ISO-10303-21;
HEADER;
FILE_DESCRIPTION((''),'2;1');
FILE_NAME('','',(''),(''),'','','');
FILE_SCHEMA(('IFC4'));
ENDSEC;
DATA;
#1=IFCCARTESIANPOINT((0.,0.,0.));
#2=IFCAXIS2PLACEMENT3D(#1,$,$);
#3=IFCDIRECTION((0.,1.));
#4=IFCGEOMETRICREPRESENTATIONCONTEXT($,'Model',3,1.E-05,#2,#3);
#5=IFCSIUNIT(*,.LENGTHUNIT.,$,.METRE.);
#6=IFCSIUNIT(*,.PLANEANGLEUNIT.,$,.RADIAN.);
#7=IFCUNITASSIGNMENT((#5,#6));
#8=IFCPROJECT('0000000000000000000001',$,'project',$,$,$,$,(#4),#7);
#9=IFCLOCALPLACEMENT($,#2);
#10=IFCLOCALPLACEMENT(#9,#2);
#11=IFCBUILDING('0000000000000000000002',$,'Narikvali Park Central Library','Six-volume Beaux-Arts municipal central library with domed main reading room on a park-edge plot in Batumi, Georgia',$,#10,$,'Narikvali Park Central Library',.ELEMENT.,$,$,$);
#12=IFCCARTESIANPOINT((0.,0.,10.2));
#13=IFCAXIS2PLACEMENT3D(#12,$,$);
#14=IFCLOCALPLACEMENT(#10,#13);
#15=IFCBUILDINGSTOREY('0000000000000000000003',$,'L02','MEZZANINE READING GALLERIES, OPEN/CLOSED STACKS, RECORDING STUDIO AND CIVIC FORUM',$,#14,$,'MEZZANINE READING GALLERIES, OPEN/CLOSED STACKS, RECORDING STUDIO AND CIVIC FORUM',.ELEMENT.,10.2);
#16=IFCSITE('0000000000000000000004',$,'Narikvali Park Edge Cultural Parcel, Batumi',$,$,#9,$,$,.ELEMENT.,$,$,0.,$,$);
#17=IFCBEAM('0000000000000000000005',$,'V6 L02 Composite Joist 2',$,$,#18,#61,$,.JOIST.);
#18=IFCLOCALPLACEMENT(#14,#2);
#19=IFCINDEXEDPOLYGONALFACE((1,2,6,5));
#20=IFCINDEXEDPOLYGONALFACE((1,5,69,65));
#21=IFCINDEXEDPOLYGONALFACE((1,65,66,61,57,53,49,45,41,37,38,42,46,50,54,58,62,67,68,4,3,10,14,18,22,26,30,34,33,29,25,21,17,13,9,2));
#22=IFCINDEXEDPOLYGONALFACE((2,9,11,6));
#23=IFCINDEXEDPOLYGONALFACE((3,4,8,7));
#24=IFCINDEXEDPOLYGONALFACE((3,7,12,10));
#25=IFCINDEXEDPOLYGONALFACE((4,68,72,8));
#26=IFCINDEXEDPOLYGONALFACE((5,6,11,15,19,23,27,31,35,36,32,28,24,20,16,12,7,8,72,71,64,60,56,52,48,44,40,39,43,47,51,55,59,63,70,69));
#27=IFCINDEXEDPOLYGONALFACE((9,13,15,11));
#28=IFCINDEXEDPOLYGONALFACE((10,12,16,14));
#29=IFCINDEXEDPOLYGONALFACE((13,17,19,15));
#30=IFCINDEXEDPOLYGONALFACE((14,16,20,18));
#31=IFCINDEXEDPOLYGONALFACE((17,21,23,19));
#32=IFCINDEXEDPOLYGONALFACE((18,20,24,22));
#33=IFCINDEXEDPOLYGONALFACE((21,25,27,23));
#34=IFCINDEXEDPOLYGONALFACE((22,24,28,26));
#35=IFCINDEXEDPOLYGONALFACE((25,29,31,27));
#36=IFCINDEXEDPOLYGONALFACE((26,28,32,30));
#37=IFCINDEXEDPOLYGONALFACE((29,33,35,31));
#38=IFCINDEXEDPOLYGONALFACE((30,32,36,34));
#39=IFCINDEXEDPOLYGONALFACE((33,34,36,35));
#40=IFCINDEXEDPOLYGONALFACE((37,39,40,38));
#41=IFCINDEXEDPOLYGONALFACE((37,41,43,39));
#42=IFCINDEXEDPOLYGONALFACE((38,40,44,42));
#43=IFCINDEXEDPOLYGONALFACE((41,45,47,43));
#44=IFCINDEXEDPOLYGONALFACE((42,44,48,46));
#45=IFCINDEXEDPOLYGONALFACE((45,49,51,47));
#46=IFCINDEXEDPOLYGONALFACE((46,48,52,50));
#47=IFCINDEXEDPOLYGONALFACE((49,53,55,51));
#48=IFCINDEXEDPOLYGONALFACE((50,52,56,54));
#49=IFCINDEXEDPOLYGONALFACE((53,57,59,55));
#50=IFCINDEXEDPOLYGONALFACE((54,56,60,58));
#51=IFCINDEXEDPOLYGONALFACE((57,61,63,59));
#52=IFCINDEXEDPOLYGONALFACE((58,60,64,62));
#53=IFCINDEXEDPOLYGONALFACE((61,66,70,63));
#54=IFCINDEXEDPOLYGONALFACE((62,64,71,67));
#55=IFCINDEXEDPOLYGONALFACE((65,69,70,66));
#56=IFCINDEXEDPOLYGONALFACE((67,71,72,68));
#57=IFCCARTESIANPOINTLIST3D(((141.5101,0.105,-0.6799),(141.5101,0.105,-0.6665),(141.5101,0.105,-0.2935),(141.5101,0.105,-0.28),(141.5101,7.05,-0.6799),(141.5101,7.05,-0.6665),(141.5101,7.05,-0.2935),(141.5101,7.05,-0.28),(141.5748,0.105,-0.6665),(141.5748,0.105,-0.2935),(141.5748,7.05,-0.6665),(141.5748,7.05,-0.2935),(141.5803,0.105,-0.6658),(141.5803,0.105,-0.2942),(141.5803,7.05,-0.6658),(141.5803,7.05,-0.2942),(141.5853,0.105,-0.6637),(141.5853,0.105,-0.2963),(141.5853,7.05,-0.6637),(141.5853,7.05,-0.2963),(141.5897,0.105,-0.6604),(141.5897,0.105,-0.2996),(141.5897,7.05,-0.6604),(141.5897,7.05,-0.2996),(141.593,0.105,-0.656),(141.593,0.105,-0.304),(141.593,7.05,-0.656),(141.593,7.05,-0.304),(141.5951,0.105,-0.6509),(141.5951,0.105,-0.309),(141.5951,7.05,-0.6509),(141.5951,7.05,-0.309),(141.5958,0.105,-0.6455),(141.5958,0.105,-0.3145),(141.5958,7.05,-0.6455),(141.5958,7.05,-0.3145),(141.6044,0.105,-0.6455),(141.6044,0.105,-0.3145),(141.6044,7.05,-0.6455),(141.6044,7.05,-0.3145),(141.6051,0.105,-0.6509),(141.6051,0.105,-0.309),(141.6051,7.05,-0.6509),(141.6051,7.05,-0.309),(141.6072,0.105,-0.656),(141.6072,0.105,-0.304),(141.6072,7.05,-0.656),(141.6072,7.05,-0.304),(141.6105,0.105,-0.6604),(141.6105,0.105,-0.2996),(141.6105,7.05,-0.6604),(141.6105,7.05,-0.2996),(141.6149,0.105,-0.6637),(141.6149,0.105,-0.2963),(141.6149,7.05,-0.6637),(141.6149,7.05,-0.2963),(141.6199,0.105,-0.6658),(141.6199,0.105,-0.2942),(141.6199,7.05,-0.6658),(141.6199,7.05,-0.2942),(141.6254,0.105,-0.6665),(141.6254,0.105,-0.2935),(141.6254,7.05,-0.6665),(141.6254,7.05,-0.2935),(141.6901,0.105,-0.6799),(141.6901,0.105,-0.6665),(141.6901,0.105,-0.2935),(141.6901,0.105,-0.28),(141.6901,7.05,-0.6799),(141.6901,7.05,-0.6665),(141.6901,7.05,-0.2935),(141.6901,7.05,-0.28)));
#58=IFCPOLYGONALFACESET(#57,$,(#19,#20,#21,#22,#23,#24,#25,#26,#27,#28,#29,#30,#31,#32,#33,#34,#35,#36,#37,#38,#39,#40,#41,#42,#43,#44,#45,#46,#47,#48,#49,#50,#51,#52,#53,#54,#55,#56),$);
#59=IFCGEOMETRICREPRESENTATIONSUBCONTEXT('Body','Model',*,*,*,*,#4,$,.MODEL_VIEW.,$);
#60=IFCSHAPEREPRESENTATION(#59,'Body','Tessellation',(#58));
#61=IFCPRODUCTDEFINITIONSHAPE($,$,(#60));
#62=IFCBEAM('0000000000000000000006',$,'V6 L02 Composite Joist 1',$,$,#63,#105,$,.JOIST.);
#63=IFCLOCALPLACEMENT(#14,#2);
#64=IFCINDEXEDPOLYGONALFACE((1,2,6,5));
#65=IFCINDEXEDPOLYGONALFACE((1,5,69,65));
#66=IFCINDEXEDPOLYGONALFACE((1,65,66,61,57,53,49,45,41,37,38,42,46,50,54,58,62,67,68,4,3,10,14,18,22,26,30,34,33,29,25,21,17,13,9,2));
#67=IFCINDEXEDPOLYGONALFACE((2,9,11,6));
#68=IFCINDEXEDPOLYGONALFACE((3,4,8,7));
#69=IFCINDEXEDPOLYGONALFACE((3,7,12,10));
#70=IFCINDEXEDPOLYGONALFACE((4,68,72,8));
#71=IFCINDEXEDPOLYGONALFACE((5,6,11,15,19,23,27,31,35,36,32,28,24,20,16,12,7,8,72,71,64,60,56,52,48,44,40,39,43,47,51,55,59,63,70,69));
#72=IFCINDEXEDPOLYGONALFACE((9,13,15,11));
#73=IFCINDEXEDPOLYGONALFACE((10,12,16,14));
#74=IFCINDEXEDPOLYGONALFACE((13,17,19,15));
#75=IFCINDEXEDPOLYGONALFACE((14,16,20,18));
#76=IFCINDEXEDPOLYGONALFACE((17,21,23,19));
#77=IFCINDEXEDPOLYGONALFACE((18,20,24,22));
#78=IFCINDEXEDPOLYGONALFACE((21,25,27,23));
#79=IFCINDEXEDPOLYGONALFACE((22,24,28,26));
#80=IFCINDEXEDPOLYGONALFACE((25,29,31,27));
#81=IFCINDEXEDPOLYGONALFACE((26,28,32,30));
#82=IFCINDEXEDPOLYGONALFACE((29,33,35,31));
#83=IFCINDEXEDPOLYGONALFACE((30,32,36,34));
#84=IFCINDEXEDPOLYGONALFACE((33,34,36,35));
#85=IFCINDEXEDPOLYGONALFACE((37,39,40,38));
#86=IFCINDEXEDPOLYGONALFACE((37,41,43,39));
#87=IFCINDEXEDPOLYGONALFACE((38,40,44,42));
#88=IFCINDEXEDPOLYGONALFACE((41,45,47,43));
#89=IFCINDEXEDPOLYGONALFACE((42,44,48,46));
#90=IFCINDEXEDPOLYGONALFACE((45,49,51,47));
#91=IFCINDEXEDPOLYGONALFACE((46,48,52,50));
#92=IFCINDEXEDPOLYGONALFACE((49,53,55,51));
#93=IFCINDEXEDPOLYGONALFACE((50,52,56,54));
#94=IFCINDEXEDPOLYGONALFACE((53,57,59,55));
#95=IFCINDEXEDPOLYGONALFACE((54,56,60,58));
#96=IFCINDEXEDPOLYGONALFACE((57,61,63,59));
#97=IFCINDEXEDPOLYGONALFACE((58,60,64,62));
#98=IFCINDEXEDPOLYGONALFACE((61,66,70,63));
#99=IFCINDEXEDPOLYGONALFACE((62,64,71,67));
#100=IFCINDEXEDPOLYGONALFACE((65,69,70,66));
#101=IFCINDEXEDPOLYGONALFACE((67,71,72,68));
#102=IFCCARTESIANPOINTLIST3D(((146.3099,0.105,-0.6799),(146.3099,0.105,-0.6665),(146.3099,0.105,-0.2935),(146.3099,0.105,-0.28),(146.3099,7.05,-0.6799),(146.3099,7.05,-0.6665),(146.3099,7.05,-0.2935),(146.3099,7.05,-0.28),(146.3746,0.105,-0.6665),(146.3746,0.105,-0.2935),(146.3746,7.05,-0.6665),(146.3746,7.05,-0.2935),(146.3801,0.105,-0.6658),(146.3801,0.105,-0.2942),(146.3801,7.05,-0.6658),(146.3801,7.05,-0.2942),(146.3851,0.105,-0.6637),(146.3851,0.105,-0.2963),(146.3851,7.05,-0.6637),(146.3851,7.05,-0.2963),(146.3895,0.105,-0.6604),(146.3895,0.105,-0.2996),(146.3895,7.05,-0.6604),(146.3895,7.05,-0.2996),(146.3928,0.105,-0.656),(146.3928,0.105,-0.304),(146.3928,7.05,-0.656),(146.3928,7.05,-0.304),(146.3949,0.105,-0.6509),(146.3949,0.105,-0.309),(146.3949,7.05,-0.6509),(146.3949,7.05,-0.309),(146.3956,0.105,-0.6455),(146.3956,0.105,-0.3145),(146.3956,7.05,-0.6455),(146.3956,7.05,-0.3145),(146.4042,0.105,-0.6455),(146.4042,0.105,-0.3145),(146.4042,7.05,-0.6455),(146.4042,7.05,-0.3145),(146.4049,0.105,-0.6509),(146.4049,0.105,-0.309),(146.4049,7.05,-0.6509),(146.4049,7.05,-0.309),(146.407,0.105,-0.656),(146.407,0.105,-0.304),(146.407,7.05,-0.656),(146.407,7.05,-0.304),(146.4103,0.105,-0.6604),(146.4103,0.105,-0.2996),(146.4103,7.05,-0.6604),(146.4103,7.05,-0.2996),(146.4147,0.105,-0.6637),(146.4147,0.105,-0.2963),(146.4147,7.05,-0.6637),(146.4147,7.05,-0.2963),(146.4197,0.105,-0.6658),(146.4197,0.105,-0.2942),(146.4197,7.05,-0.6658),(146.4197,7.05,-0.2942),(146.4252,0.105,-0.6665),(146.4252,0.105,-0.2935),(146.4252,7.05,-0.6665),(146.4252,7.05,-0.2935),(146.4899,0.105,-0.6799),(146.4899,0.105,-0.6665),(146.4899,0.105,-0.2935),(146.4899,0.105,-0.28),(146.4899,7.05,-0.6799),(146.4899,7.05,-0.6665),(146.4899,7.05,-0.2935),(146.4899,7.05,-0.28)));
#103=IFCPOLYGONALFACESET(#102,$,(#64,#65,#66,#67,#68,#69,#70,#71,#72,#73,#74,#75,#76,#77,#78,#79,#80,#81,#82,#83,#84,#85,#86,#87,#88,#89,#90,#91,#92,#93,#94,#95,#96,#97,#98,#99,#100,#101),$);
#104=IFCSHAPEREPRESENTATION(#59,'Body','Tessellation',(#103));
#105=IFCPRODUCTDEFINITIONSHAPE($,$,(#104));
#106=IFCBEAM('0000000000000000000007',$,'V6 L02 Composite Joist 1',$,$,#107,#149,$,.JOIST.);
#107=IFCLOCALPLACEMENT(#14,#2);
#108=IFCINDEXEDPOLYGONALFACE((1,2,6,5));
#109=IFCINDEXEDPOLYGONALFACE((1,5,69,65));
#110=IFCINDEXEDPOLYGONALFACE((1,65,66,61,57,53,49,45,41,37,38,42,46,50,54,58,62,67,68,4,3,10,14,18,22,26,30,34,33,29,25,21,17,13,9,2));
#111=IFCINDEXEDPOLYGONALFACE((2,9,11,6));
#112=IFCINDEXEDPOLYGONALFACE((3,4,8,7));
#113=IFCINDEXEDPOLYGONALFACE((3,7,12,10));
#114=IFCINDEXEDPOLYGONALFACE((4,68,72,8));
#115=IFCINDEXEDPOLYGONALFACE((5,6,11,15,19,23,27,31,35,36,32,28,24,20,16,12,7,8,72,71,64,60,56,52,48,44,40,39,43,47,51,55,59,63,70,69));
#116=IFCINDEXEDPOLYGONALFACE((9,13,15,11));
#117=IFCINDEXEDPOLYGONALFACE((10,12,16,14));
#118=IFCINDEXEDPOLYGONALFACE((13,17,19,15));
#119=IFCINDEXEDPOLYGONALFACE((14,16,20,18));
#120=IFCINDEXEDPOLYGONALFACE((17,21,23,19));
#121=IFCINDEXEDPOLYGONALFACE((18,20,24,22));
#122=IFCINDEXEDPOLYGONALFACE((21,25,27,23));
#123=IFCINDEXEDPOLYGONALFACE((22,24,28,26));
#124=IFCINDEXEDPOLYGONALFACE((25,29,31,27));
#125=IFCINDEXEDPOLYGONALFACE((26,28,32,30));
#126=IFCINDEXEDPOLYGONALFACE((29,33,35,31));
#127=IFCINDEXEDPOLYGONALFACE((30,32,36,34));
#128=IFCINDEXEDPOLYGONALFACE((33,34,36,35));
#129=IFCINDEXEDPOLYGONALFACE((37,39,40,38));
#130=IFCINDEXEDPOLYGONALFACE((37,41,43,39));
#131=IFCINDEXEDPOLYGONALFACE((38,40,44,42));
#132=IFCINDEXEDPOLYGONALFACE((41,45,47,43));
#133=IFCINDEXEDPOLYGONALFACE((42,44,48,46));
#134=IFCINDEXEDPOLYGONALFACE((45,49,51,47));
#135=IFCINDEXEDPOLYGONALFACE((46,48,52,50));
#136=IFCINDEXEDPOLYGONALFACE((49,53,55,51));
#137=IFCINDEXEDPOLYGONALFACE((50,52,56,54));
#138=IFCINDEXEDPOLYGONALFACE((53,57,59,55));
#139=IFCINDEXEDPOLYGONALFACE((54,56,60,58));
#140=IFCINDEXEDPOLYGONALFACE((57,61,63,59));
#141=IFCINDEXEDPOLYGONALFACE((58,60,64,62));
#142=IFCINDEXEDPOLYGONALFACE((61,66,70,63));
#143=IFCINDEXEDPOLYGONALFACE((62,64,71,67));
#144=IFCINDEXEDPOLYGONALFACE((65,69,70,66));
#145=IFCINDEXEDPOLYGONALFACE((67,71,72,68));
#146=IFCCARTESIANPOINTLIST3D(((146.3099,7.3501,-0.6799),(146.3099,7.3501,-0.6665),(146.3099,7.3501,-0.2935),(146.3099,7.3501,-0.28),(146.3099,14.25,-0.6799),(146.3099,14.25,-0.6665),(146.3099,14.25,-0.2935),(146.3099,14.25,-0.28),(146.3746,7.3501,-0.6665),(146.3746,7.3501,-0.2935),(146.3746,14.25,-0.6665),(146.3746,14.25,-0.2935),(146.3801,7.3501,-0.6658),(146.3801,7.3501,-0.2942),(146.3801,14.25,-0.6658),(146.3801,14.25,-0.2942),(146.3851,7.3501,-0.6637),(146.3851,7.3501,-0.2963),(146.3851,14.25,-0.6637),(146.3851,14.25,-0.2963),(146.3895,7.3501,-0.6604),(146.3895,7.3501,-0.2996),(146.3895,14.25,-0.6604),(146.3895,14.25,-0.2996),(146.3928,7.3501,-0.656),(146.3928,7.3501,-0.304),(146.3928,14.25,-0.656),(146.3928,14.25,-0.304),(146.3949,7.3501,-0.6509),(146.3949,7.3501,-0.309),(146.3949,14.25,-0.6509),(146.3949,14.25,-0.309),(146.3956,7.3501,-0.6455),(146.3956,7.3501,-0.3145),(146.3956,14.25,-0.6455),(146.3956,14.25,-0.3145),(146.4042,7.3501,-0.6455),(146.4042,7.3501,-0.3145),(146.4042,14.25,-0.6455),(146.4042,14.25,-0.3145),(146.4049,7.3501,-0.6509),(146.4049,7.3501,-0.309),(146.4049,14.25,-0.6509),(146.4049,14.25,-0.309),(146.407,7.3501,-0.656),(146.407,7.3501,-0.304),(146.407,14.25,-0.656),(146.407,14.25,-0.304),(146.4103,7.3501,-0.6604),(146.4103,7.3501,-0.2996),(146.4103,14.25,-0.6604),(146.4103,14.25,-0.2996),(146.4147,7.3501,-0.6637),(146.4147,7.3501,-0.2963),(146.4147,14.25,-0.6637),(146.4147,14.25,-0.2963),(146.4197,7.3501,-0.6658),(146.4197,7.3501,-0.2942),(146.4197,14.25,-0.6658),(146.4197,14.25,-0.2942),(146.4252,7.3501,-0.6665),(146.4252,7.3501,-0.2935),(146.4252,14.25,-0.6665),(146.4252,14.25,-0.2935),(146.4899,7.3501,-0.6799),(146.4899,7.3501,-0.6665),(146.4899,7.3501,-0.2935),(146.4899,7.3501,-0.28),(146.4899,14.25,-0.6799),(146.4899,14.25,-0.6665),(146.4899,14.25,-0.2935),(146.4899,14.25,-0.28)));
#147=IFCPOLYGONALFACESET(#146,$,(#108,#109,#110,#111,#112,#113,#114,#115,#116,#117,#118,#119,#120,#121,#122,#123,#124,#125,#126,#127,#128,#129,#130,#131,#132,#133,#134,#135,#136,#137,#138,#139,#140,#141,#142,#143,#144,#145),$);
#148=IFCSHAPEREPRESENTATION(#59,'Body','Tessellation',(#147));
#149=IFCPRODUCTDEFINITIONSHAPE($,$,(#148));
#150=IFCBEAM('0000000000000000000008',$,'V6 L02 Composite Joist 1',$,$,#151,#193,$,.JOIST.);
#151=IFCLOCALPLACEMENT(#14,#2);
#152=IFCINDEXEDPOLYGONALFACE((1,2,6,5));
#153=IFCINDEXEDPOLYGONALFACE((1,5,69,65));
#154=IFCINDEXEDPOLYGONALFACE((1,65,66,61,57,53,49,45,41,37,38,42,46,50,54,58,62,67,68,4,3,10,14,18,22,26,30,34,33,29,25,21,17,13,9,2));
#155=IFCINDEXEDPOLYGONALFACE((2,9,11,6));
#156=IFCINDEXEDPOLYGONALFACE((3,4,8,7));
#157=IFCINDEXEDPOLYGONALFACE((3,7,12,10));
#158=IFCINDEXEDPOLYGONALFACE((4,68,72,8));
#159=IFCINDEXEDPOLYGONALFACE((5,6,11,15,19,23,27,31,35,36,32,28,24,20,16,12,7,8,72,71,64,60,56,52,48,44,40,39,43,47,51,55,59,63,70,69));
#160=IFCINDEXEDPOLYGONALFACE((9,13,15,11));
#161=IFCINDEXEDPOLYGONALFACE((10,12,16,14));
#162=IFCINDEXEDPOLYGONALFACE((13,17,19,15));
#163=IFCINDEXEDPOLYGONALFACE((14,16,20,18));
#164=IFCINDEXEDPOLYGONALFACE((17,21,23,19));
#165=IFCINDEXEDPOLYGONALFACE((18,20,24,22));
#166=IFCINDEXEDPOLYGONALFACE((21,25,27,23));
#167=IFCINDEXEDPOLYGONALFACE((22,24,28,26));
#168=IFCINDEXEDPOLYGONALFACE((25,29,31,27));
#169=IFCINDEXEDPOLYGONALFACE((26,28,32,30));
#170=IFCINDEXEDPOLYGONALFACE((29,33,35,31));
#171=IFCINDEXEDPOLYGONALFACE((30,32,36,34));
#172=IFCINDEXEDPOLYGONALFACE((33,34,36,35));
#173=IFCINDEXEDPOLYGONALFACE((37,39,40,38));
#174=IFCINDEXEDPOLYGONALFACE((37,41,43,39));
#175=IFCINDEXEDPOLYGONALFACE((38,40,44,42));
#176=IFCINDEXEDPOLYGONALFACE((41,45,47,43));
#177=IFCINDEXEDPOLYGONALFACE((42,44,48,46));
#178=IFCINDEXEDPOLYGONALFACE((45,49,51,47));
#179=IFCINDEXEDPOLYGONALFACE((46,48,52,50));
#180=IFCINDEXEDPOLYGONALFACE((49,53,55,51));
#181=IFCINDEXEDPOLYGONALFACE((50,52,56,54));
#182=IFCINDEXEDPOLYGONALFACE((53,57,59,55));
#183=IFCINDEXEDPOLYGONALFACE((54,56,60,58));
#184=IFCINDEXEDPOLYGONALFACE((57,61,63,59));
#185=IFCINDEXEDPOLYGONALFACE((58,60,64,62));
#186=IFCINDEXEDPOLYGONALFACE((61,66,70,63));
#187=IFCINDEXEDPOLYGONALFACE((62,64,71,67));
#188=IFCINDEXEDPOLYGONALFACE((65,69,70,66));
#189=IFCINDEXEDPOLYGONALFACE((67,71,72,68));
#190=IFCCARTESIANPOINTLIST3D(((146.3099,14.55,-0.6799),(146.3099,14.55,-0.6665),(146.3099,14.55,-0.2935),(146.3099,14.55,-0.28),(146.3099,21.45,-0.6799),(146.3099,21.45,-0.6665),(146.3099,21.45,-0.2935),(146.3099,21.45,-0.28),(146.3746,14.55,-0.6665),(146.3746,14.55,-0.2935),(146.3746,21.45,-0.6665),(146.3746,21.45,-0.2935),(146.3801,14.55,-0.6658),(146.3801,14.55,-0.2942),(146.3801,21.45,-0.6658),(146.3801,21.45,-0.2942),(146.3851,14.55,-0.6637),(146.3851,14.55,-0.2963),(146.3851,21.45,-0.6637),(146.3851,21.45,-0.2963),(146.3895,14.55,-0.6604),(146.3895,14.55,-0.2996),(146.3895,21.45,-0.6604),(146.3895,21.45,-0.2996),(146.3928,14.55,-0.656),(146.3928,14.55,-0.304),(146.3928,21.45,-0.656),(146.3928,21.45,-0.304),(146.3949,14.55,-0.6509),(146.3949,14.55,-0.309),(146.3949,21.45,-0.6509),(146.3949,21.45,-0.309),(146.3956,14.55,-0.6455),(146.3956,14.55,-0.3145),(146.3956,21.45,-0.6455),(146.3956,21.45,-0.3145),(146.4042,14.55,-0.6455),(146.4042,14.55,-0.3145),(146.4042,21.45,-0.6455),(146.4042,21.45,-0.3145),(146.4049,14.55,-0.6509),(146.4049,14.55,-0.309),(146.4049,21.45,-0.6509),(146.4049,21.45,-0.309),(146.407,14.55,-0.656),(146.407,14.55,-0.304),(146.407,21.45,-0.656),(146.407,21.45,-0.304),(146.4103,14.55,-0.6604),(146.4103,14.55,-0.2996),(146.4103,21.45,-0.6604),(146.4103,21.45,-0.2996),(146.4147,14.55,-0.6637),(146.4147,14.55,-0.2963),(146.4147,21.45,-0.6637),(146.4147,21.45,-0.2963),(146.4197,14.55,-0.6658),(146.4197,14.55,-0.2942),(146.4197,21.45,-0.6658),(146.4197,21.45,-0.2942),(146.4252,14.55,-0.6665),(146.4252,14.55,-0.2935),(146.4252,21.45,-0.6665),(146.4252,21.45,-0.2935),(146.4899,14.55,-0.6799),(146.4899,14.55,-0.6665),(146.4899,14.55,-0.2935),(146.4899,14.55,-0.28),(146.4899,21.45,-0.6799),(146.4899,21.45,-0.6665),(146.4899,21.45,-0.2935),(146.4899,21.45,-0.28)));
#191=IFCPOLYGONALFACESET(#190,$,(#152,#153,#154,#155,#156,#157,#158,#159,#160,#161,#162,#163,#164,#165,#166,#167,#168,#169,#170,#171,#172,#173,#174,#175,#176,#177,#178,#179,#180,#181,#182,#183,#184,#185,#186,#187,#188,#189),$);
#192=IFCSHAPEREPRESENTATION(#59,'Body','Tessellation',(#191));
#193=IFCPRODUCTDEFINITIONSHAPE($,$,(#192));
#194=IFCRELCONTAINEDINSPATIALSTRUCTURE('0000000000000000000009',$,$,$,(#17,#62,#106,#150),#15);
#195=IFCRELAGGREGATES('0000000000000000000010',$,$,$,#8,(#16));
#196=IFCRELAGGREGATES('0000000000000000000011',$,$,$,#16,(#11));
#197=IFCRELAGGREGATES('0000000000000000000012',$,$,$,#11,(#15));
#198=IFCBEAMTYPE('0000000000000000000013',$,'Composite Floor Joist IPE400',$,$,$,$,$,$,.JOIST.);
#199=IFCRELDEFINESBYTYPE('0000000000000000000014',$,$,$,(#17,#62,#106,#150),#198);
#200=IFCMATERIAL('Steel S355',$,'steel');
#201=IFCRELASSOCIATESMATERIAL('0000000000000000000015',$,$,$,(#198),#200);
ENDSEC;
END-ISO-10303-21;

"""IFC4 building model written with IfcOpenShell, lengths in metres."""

from ifc_helpers import new_model, si_unit, direction, frame, origin, origin_2d, place, context, subcontext, project, spatial, i_section, extrude, material, material_profile, profile_set, type_object, element, save


model = new_model("IFC4")

# Units and contexts
model_context = context("Model", 3, precision=1e-05, world=origin(), true_north=direction((0.0, 1.0)))
body_context = subcontext(model_context, "Body", "Model", "MODEL_VIEW")
ifc_project = project(units=[si_unit("LENGTHUNIT", "METRE"), si_unit("PLANEANGLEUNIT", "RADIAN")], contexts=[model_context])

# Site, building, storey
site_placement = place(None, origin())
site = spatial("IfcSite", under=ifc_project, at=site_placement, Name="Narikvali Park Edge Cultural Parcel, Batumi", CompositionType="ELEMENT", RefElevation=0.0)
building_placement = place(site_placement, origin())
building = spatial("IfcBuilding", under=site, at=building_placement, Name="Narikvali Park Central Library", Description="Six-volume Beaux-Arts municipal central library with domed main reading room on a park-edge plot in Batumi, Georgia", LongName="Narikvali Park Central Library", CompositionType="ELEMENT")
storey_placement = place(building_placement, frame((0.0, 0.0, 10.2)))
storey = spatial("IfcBuildingStorey", under=building, at=storey_placement, Name="L02", Description="MEZZANINE READING GALLERIES, OPEN/CLOSED STACKS, RECORDING STUDIO AND CIVIC FORUM", LongName="MEZZANINE READING GALLERIES, OPEN/CLOSED STACKS, RECORDING STUDIO AND CIVIC FORUM", CompositionType="ELEMENT", Elevation=10.2)

# Shared definitions
ifc_material_1 = material(Name="Steel S355", Category="steel")

# Beams
ifc_material_profile_1 = material_profile(ifc_material_1, i_section(OverallWidth=0.1799, OverallDepth=0.3999, WebThickness=0.0085, FlangeThickness=0.0134, FilletRadius=0.021, at=origin_2d()), Name="IPE 400")
ifc_profile_set_1 = profile_set([ifc_material_profile_1], Name="Steel S355")
beam_type_1 = type_object("IfcBeamType", Name="Composite Floor Joist IPE400", PredefinedType="JOIST", material=ifc_profile_set_1)
for number, where, z_axis, x_axis, name in (
    (1, (141.6001, 0.105, -0.48), (0.0, 1.0, 0.0), (-1.0, 0.0, 0.0), "V6 L02 Composite Joist 2"),
    (2, (146.3999, 0.105, -0.48), (0.0, 1.0, 0.0), (-1.0, 0.0, 0.0), "V6 L02 Composite Joist 1"),
):
    element("IfcBeam", number, at=place(storey_placement, frame(where, z_axis=z_axis, x_axis=x_axis)), inside=storey, type_object=beam_type_1, Name=name, PredefinedType="JOIST", context=body_context, shape_type="SweptSolid", body=[
        extrude(i_section(OverallWidth=0.1799, OverallDepth=0.3999, WebThickness=0.0085, FlangeThickness=0.0134, FilletRadius=0.021, at=origin_2d()), origin(), (0.0, 0.0, 1.0), 6.9451),
    ])
for number, where, z_axis, x_axis, name in (
    (3, (146.3999, 7.3501, -0.48), (0.0, 1.0, 0.0), (-1.0, 0.0, 0.0), "V6 L02 Composite Joist 1"),
    (4, (146.3999, 14.55, -0.48), (0.0, 1.0, 0.0), (-1.0, 0.0, 0.0), "V6 L02 Composite Joist 1"),
):
    element("IfcBeam", number, at=place(storey_placement, frame(where, z_axis=z_axis, x_axis=x_axis)), inside=storey, type_object=beam_type_1, Name=name, PredefinedType="JOIST", context=body_context, shape_type="SweptSolid", body=[
        extrude(i_section(OverallWidth=0.1799, OverallDepth=0.3999, WebThickness=0.0085, FlangeThickness=0.0134, FilletRadius=0.021, at=origin_2d()), origin(), (0.0, 0.0, 1.0), 6.8999),
    ])

save(model, "model.ifc")
